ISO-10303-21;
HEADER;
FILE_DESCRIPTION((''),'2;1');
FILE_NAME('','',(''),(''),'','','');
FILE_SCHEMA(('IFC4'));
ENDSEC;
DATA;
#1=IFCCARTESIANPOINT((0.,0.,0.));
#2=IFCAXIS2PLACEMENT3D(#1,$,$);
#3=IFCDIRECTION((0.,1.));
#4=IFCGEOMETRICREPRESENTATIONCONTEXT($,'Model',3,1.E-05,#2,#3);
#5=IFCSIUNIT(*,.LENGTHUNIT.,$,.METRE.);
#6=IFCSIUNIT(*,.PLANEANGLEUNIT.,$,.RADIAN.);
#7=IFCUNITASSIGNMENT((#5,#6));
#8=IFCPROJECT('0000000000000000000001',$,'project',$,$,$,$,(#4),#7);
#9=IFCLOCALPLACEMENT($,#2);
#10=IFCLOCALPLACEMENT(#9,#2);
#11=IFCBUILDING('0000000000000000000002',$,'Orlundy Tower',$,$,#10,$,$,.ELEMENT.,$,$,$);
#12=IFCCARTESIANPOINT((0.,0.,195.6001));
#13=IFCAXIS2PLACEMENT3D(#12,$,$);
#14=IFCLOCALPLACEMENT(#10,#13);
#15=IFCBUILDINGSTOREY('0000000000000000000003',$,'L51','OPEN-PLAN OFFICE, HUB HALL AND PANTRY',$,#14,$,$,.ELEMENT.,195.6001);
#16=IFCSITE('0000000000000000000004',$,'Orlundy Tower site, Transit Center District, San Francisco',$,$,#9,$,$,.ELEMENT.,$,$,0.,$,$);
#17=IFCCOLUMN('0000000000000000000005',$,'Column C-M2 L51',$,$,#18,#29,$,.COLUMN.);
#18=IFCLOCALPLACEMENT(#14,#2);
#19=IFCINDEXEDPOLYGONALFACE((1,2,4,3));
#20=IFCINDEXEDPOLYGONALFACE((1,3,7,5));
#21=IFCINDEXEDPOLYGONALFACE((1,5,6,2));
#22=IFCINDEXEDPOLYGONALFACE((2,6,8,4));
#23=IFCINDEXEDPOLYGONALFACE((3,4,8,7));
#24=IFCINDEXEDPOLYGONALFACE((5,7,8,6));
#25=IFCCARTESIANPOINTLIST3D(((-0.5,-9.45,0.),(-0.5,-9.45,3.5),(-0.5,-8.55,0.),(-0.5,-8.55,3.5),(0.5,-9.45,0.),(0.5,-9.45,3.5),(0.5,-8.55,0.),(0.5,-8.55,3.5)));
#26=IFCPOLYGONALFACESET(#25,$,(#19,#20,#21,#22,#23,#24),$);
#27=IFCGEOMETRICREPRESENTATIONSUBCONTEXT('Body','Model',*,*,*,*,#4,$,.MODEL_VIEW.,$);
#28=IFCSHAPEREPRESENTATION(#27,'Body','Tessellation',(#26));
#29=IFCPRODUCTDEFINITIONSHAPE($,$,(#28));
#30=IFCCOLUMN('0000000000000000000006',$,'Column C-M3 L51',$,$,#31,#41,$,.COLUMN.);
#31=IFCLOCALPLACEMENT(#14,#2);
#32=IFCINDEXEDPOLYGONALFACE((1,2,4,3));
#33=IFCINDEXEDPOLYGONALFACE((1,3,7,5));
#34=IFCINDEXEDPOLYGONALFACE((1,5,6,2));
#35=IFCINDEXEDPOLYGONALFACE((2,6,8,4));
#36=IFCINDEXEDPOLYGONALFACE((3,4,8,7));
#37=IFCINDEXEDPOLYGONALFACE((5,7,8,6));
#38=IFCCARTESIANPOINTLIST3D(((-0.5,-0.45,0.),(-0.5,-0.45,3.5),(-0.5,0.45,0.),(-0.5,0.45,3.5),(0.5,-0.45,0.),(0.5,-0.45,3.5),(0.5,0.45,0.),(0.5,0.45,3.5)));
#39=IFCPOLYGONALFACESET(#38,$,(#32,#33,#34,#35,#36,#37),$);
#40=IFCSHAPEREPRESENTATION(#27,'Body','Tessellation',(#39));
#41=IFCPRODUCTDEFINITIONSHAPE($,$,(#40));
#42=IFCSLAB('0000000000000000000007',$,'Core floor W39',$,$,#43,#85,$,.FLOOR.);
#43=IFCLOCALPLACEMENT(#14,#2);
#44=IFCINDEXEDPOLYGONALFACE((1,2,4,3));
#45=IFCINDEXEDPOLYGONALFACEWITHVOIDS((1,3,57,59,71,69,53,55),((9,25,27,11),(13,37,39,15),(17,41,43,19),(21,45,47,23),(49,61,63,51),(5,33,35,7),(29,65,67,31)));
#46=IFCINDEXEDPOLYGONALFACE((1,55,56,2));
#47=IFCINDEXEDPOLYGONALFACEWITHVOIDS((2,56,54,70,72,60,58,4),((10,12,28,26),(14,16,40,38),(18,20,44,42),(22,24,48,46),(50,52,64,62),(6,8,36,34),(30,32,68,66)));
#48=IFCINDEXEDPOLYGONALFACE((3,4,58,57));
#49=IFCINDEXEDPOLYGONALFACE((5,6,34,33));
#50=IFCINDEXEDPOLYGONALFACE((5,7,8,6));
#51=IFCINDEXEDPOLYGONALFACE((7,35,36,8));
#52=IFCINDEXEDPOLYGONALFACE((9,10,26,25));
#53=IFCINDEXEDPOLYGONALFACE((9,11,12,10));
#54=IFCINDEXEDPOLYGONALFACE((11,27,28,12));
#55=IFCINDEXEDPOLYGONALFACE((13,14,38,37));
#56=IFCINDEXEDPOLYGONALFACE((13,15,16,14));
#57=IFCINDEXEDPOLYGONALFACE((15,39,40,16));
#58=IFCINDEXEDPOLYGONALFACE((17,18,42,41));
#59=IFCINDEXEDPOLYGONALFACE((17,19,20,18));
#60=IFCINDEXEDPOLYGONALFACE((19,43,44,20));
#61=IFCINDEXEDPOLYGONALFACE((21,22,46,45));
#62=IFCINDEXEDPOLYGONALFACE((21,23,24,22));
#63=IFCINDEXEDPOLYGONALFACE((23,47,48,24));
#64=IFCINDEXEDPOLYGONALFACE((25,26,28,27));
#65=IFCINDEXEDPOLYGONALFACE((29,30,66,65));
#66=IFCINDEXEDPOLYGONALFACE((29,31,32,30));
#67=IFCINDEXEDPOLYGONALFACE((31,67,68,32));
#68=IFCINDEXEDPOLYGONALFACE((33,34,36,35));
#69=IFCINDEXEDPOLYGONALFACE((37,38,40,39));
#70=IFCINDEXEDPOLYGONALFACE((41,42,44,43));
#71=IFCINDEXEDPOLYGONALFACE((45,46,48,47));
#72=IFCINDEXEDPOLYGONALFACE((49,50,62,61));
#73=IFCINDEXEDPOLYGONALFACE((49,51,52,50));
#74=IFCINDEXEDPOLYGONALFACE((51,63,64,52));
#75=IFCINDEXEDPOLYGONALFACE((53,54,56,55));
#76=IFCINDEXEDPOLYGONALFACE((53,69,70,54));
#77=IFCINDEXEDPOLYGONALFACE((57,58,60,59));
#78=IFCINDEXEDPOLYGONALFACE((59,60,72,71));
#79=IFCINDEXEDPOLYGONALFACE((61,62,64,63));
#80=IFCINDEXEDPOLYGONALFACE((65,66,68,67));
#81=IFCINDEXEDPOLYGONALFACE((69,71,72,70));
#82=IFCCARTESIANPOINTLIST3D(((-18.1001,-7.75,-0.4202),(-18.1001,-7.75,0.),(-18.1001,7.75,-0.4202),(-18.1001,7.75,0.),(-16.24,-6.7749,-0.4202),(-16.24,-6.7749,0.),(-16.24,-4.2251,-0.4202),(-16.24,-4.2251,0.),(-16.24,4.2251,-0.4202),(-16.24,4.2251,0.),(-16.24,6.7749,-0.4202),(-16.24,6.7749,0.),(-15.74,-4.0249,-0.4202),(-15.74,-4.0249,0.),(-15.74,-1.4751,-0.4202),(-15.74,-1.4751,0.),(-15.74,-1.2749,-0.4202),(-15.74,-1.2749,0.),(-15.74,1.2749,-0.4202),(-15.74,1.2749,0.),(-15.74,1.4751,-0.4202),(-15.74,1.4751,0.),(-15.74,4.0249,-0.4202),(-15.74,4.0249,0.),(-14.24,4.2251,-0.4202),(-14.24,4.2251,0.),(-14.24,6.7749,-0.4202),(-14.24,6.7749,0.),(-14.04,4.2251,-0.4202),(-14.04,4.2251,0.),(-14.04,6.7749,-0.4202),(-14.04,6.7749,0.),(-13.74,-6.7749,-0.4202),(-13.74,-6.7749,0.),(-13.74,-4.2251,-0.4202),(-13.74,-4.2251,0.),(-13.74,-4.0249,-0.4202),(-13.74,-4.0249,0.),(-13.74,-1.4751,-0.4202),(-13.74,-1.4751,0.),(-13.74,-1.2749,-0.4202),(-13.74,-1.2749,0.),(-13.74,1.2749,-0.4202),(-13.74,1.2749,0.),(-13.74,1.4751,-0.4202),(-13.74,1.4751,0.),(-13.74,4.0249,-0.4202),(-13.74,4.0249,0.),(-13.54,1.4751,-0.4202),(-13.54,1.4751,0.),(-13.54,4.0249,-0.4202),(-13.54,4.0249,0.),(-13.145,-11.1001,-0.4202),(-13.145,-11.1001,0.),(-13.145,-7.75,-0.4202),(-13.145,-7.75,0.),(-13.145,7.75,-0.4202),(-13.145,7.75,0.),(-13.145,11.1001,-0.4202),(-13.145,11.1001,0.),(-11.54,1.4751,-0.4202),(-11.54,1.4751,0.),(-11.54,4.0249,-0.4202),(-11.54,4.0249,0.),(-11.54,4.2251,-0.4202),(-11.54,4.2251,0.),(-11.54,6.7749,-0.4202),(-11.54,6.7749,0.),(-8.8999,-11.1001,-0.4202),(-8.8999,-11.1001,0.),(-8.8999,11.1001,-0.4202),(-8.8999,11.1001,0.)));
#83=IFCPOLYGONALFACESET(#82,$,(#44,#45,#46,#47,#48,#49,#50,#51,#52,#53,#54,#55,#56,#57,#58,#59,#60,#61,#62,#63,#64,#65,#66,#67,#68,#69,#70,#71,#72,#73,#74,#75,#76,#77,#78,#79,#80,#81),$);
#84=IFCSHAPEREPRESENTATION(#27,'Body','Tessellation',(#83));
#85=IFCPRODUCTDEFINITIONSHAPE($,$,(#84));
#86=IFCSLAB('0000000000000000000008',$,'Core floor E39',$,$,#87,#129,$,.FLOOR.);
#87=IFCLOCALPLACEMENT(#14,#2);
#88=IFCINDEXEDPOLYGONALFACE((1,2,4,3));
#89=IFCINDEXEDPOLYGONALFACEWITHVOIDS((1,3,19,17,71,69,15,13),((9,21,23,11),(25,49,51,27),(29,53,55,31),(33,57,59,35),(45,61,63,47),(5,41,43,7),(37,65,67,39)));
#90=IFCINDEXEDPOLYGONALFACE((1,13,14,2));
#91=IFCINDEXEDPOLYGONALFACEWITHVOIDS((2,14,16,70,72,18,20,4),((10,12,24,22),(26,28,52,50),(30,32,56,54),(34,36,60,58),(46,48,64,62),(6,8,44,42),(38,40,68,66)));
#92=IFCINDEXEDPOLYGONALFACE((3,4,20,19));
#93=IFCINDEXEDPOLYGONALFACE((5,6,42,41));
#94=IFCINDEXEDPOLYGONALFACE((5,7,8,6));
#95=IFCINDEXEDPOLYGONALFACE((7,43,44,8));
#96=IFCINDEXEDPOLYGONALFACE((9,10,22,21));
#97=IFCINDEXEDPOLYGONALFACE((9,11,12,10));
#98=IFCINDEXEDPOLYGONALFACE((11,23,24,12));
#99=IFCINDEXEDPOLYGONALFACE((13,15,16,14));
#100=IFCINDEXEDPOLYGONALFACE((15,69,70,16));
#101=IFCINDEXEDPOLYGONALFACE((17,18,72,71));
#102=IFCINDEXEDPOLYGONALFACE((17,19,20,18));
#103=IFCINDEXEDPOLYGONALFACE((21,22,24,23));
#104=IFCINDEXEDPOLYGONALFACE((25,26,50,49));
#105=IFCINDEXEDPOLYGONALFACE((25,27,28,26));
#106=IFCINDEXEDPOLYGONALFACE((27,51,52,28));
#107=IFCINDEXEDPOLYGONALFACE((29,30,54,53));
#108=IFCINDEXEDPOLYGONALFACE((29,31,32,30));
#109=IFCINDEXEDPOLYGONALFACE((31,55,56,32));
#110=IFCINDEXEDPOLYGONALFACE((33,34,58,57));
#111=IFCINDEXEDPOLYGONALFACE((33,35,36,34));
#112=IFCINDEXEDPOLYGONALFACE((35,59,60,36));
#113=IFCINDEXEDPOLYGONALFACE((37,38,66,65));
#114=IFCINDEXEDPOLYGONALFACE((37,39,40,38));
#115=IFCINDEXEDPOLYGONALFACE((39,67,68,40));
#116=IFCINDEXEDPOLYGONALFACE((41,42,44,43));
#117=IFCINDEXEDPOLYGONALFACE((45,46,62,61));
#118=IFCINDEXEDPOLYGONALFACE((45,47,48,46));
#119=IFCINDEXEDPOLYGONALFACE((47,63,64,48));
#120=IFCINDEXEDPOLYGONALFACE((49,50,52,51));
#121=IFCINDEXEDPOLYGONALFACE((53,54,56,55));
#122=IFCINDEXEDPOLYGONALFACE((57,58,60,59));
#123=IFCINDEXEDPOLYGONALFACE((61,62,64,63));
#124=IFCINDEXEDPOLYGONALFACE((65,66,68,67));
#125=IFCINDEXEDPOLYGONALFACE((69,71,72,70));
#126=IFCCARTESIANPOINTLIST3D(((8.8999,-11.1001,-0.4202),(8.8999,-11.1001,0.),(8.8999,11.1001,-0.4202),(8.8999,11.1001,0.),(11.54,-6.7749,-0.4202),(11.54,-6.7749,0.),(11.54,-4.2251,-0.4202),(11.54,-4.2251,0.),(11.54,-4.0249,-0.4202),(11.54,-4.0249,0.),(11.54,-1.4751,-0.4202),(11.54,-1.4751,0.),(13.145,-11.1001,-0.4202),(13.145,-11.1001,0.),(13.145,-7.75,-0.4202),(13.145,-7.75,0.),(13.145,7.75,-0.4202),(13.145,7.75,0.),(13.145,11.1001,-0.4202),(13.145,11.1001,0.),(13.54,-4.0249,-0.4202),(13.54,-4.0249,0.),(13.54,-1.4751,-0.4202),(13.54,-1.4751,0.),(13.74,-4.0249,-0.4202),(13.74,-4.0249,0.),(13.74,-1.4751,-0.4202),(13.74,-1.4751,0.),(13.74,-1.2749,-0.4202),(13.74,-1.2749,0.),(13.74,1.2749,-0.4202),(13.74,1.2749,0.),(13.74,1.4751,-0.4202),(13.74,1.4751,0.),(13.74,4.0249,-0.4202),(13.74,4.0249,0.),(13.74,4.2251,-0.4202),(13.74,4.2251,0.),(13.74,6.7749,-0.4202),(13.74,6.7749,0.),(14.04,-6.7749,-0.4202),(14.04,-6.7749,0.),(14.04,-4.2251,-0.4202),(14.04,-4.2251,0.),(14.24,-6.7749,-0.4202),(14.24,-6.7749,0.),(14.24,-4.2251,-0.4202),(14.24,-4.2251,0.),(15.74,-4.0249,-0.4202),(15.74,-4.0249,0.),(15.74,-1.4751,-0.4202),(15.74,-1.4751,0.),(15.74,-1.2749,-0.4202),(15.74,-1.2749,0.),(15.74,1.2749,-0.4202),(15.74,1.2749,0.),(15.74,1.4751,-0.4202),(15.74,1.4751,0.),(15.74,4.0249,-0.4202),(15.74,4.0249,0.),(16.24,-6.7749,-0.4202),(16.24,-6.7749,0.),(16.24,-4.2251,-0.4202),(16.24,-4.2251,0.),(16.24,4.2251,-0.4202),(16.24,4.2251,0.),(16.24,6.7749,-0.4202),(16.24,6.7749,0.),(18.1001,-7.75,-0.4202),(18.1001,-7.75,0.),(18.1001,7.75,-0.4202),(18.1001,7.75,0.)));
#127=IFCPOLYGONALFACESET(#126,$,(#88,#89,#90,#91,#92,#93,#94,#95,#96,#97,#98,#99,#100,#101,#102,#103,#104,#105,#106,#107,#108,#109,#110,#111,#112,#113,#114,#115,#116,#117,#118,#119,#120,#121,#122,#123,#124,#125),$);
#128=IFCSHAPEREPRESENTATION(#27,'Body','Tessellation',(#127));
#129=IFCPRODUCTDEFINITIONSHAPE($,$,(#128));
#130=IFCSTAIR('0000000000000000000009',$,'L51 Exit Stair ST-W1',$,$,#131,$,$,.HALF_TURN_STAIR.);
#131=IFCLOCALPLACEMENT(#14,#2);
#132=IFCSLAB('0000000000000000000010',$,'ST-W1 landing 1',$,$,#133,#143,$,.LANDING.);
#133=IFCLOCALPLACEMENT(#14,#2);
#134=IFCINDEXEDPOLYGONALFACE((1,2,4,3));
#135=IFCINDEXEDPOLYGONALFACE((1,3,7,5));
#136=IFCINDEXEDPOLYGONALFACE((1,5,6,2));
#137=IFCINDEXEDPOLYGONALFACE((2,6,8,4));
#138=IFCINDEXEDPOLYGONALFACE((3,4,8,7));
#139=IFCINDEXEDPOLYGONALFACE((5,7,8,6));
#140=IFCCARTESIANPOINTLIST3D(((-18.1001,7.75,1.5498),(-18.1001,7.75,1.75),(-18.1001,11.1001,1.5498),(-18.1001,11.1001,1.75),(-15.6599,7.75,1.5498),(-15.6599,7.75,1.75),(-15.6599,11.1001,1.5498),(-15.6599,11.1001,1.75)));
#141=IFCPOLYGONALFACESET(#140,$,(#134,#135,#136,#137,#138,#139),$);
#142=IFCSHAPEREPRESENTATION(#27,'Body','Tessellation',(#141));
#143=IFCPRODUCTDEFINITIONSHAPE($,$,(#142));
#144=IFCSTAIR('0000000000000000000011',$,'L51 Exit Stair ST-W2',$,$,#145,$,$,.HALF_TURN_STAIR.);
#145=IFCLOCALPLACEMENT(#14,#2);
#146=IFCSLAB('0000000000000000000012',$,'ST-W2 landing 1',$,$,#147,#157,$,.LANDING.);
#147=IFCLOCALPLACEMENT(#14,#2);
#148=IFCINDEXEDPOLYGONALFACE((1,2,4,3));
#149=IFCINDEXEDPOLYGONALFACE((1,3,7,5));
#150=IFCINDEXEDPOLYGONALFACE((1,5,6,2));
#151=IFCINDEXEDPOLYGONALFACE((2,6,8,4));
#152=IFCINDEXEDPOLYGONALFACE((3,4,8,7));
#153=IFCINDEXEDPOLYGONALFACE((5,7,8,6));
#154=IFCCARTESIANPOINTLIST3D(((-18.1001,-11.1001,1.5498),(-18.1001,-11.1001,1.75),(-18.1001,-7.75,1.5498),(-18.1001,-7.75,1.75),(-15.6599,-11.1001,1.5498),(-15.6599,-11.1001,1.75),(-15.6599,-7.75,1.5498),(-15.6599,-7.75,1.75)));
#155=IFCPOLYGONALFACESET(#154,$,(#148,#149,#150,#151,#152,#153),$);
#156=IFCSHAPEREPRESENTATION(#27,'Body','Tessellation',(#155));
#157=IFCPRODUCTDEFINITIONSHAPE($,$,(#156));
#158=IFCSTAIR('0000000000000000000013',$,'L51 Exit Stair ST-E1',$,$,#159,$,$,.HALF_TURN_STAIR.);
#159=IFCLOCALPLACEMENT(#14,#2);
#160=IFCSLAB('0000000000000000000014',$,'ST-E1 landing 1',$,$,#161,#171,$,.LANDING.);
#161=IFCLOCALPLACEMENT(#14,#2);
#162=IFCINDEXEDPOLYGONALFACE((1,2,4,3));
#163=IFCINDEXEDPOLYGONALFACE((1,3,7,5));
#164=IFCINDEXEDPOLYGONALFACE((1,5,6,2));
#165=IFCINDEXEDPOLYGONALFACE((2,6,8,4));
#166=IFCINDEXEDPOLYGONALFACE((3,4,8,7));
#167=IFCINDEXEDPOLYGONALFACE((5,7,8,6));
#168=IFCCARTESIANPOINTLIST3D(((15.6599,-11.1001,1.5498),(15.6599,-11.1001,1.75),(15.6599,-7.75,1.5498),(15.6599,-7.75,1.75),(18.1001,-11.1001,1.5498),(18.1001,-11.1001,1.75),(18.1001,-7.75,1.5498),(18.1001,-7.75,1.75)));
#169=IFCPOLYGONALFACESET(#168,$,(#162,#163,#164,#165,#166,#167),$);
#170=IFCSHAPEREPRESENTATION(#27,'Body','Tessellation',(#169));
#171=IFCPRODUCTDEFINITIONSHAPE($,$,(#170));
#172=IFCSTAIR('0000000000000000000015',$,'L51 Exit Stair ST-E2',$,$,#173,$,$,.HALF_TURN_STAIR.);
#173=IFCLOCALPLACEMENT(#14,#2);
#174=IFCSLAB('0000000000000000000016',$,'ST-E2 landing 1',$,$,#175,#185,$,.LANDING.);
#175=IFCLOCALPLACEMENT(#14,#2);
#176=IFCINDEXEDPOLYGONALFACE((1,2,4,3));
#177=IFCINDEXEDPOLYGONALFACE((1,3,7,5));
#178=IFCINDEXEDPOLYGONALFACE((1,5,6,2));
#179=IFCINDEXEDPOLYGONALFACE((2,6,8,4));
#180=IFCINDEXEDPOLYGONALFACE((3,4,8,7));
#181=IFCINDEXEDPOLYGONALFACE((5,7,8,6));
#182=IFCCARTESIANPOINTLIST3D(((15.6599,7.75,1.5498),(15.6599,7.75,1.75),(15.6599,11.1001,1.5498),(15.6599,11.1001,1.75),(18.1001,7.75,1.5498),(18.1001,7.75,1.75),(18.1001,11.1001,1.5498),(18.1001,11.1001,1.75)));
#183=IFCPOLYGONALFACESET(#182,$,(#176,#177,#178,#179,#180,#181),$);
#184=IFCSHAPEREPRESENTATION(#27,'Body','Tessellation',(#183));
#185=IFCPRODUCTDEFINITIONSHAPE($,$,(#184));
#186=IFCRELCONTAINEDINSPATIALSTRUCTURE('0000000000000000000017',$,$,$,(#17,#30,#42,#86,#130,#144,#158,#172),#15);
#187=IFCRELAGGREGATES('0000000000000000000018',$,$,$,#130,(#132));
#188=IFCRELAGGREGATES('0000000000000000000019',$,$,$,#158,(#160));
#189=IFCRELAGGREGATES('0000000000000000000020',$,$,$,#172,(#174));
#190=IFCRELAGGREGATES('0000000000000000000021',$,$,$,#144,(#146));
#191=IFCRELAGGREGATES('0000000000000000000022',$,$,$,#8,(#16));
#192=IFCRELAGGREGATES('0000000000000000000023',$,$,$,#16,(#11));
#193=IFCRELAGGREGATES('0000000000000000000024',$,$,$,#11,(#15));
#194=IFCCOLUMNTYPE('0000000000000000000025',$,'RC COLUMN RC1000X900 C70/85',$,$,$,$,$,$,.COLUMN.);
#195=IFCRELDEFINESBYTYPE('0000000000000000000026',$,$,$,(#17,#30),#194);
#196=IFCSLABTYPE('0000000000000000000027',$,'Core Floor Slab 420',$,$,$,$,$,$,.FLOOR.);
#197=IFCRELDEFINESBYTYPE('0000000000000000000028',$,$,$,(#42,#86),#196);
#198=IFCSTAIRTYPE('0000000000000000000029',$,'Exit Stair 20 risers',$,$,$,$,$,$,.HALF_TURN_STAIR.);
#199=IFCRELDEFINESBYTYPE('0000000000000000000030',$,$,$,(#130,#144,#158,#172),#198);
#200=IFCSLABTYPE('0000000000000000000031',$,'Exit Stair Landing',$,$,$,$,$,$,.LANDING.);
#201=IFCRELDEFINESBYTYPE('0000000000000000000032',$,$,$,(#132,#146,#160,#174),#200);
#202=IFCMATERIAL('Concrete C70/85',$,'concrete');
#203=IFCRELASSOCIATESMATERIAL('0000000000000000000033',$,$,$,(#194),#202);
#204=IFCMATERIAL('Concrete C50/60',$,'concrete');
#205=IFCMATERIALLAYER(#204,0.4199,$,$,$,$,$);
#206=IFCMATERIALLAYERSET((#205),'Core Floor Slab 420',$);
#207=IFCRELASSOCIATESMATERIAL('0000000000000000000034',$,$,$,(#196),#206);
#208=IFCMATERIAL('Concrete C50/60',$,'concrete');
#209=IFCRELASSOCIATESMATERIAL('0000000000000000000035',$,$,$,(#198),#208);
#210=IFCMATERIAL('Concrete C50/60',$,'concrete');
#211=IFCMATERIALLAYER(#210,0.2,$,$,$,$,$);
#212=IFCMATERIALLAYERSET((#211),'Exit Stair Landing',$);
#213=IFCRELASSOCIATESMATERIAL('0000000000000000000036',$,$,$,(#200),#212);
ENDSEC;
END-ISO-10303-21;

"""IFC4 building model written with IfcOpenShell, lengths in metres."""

from ifc_helpers import new_model, si_unit, direction, frame, origin, origin_2d, place, context, subcontext, project, spatial, polyline, rectangle, outline, extrude, material, layer, layer_set, material_profile, profile_set, type_object, element, aggregate, save


model = new_model("IFC4")

# Units and contexts
model_context = context("Model", 3, precision=1e-05, world=origin(), true_north=direction((0.0, 1.0)))
body_context = subcontext(model_context, "Body", "Model", "MODEL_VIEW")
ifc_project = project(units=[si_unit("LENGTHUNIT", "METRE"), si_unit("PLANEANGLEUNIT", "RADIAN")], contexts=[model_context])

# Site, building, storey
site_placement = place(None, origin())
site = spatial("IfcSite", under=ifc_project, at=site_placement, Name="Orlundy Tower site, Transit Center District, San Francisco", CompositionType="ELEMENT", RefElevation=0.0)
building_placement = place(site_placement, origin())
building = spatial("IfcBuilding", under=site, at=building_placement, Name="Orlundy Tower", CompositionType="ELEMENT")
storey_placement = place(building_placement, frame((0.0, 0.0, 195.6001)))
storey = spatial("IfcBuildingStorey", under=building, at=storey_placement, Name="L51", Description="OPEN-PLAN OFFICE, HUB HALL AND PANTRY", CompositionType="ELEMENT", Elevation=195.6001)

# Columns
ifc_material_1 = material(Name="Concrete C70/85", Category="concrete")
ifc_material_profile = material_profile(ifc_material_1, rectangle(XDim=1.0, YDim=0.8999, at=origin_2d()), Name="RC1000X900")
ifc_profile_set = profile_set([ifc_material_profile], Name="Concrete C70/85")
column_type = type_object("IfcColumnType", Name="RC COLUMN RC1000X900 C70/85", PredefinedType="COLUMN", material=ifc_profile_set)
for number, where, z_axis, x_axis, name in (
    (1, (0.0, -9.0, 0.0), (0.0, 0.0, 1.0), (1.0, 0.0, 0.0), "Column C-M2 L51"),
    (2, (0.0, 0.0, 0.0), (0.0, 0.0, 1.0), (1.0, 0.0, 0.0), "Column C-M3 L51"),
):
    element("IfcColumn", number, at=place(storey_placement, frame(where, z_axis=z_axis, x_axis=x_axis)), inside=storey, type_object=column_type, Name=name, PredefinedType="COLUMN", context=body_context, shape_type="SweptSolid", body=[
        extrude(rectangle(XDim=1.0, YDim=0.8999, at=origin_2d()), origin(), (0.0, 0.0, 1.0), 3.5),
    ])

# Slabs
ifc_material_2 = material(Name="Concrete C50/60", Category="concrete")
ifc_layer_1 = layer(ifc_material_2, 0.4199)
ifc_layer_set_1 = layer_set([ifc_layer_1], Name="Core Floor Slab 420")
slab_type_1 = type_object("IfcSlabType", Name="Core Floor Slab 420", PredefinedType="FLOOR", material=ifc_layer_set_1)
slab_1_placement = place(storey_placement, frame((0.0, 0.0, -0.4202)))
element("IfcSlab", 3, at=slab_1_placement, inside=storey, type_object=slab_type_1, Name="Core floor W39", PredefinedType="FLOOR", context=body_context, shape_type="SweptSolid", body=[
    extrude(outline(polyline([(-13.145, -11.1001), (-13.145, -7.75), (-18.1001, -7.75), (-18.1001, 7.75), (-13.145, 7.75), (-13.145, 11.1001), (-8.8999, 11.1001), (-8.8999, -11.1001), (-13.145, -11.1001)]), holes=[polyline([(-13.74, -4.2251), (-16.24, -4.2251), (-16.24, -6.7749), (-13.74, -6.7749), (-13.74, -4.2251)]), polyline([(-13.74, -4.0249), (-13.74, -1.4751), (-15.74, -1.4751), (-15.74, -4.0249), (-13.74, -4.0249)]), polyline([(-15.74, -1.2749), (-13.74, -1.2749), (-13.74, 1.2749), (-15.74, 1.2749), (-15.74, -1.2749)]), polyline([(-13.54, 4.0249), (-13.54, 1.4751), (-11.54, 1.4751), (-11.54, 4.0249), (-13.54, 4.0249)]), polyline([(-13.74, 4.0249), (-15.74, 4.0249), (-15.74, 1.4751), (-13.74, 1.4751), (-13.74, 4.0249)]), polyline([(-11.54, 4.2251), (-11.54, 6.7749), (-14.04, 6.7749), (-14.04, 4.2251), (-11.54, 4.2251)]), polyline([(-16.24, 4.2251), (-14.24, 4.2251), (-14.24, 6.7749), (-16.24, 6.7749), (-16.24, 4.2251)])]), origin(), (0.0, 0.0, 1.0), 0.4202),
])
slab_2_placement = place(storey_placement, frame((0.0, 0.0, -0.4202)))
element("IfcSlab", 4, at=slab_2_placement, inside=storey, type_object=slab_type_1, Name="Core floor E39", PredefinedType="FLOOR", context=body_context, shape_type="SweptSolid", body=[
    extrude(outline(polyline([(13.145, 11.1001), (13.145, 7.75), (18.1001, 7.75), (18.1001, -7.75), (13.145, -7.75), (13.145, -11.1001), (8.8999, -11.1001), (8.8999, 11.1001), (13.145, 11.1001)]), holes=[polyline([(13.74, 4.2251), (16.24, 4.2251), (16.24, 6.7749), (13.74, 6.7749), (13.74, 4.2251)]), polyline([(13.74, 4.0249), (13.74, 1.4751), (15.74, 1.4751), (15.74, 4.0249), (13.74, 4.0249)]), polyline([(15.74, 1.2749), (13.74, 1.2749), (13.74, -1.2749), (15.74, -1.2749), (15.74, 1.2749)]), polyline([(13.54, -4.0249), (13.54, -1.4751), (11.54, -1.4751), (11.54, -4.0249), (13.54, -4.0249)]), polyline([(13.74, -4.0249), (15.74, -4.0249), (15.74, -1.4751), (13.74, -1.4751), (13.74, -4.0249)]), polyline([(11.54, -4.2251), (11.54, -6.7749), (14.04, -6.7749), (14.04, -4.2251), (11.54, -4.2251)]), polyline([(16.24, -4.2251), (14.24, -4.2251), (14.24, -6.7749), (16.24, -6.7749), (16.24, -4.2251)])]), origin(), (0.0, 0.0, 1.0), 0.4202),
])

# Stairs, slabs
ifc_material_3 = material(Name="Concrete C50/60", Category="concrete")
stair_type = type_object("IfcStairType", Name="Exit Stair 20 risers", PredefinedType="HALF_TURN_STAIR", material=ifc_material_3)
stair_1_placement = place(storey_placement, origin())
stair_1 = element("IfcStair", 5, at=stair_1_placement, inside=storey, type_object=stair_type, Name="L51 Exit Stair ST-W1", PredefinedType="HALF_TURN_STAIR")
ifc_material_4 = material(Name="Concrete C50/60", Category="concrete")
ifc_layer_2 = layer(ifc_material_4, 0.2)
ifc_layer_set_2 = layer_set([ifc_layer_2], Name="Exit Stair Landing")
slab_type_2 = type_object("IfcSlabType", Name="Exit Stair Landing", PredefinedType="LANDING", material=ifc_layer_set_2)
slab_3_placement = place(storey_placement, frame((0.0, 0.0, 1.5498)))
slab_3 = element("IfcSlab", 6, at=slab_3_placement, type_object=slab_type_2, Name="ST-W1 landing 1", PredefinedType="LANDING", context=body_context, shape_type="SweptSolid", body=[
    extrude(outline(polyline([(-15.6599, 11.1001), (-18.1001, 11.1001), (-18.1001, 7.75), (-15.6599, 7.75), (-15.6599, 11.1001)])), origin(), (0.0, 0.0, 1.0), 0.2002),
])
aggregate(stair_1, [slab_3])
stair_2_placement = place(storey_placement, origin())
stair_2 = element("IfcStair", 7, at=stair_2_placement, inside=storey, type_object=stair_type, Name="L51 Exit Stair ST-W2", PredefinedType="HALF_TURN_STAIR")
slab_4_placement = place(storey_placement, frame((0.0, 0.0, 1.5498)))
slab_4 = element("IfcSlab", 8, at=slab_4_placement, type_object=slab_type_2, Name="ST-W2 landing 1", PredefinedType="LANDING", context=body_context, shape_type="SweptSolid", body=[
    extrude(outline(polyline([(-15.6599, -7.75), (-18.1001, -7.75), (-18.1001, -11.1001), (-15.6599, -11.1001), (-15.6599, -7.75)])), origin(), (0.0, 0.0, 1.0), 0.2002),
])
stair_3_placement = place(storey_placement, origin())
stair_3 = element("IfcStair", 9, at=stair_3_placement, inside=storey, type_object=stair_type, Name="L51 Exit Stair ST-E1", PredefinedType="HALF_TURN_STAIR")
slab_5_placement = place(storey_placement, frame((0.0, 0.0, 1.5498)))
slab_5 = element("IfcSlab", 10, at=slab_5_placement, type_object=slab_type_2, Name="ST-E1 landing 1", PredefinedType="LANDING", context=body_context, shape_type="SweptSolid", body=[
    extrude(outline(polyline([(15.6599, -11.1001), (18.1001, -11.1001), (18.1001, -7.75), (15.6599, -7.75), (15.6599, -11.1001)])), origin(), (0.0, 0.0, 1.0), 0.2002),
])
aggregate(stair_3, [slab_5])
stair_4_placement = place(storey_placement, origin())
stair_4 = element("IfcStair", 11, at=stair_4_placement, inside=storey, type_object=stair_type, Name="L51 Exit Stair ST-E2", PredefinedType="HALF_TURN_STAIR")
slab_6_placement = place(storey_placement, frame((0.0, 0.0, 1.5498)))
slab_6 = element("IfcSlab", 12, at=slab_6_placement, type_object=slab_type_2, Name="ST-E2 landing 1", PredefinedType="LANDING", context=body_context, shape_type="SweptSolid", body=[
    extrude(outline(polyline([(15.6599, 7.75), (18.1001, 7.75), (18.1001, 11.1001), (15.6599, 11.1001), (15.6599, 7.75)])), origin(), (0.0, 0.0, 1.0), 0.2002),
])
aggregate(stair_4, [slab_6])

aggregate(stair_2, [slab_4])

save(model, "model.ifc")
